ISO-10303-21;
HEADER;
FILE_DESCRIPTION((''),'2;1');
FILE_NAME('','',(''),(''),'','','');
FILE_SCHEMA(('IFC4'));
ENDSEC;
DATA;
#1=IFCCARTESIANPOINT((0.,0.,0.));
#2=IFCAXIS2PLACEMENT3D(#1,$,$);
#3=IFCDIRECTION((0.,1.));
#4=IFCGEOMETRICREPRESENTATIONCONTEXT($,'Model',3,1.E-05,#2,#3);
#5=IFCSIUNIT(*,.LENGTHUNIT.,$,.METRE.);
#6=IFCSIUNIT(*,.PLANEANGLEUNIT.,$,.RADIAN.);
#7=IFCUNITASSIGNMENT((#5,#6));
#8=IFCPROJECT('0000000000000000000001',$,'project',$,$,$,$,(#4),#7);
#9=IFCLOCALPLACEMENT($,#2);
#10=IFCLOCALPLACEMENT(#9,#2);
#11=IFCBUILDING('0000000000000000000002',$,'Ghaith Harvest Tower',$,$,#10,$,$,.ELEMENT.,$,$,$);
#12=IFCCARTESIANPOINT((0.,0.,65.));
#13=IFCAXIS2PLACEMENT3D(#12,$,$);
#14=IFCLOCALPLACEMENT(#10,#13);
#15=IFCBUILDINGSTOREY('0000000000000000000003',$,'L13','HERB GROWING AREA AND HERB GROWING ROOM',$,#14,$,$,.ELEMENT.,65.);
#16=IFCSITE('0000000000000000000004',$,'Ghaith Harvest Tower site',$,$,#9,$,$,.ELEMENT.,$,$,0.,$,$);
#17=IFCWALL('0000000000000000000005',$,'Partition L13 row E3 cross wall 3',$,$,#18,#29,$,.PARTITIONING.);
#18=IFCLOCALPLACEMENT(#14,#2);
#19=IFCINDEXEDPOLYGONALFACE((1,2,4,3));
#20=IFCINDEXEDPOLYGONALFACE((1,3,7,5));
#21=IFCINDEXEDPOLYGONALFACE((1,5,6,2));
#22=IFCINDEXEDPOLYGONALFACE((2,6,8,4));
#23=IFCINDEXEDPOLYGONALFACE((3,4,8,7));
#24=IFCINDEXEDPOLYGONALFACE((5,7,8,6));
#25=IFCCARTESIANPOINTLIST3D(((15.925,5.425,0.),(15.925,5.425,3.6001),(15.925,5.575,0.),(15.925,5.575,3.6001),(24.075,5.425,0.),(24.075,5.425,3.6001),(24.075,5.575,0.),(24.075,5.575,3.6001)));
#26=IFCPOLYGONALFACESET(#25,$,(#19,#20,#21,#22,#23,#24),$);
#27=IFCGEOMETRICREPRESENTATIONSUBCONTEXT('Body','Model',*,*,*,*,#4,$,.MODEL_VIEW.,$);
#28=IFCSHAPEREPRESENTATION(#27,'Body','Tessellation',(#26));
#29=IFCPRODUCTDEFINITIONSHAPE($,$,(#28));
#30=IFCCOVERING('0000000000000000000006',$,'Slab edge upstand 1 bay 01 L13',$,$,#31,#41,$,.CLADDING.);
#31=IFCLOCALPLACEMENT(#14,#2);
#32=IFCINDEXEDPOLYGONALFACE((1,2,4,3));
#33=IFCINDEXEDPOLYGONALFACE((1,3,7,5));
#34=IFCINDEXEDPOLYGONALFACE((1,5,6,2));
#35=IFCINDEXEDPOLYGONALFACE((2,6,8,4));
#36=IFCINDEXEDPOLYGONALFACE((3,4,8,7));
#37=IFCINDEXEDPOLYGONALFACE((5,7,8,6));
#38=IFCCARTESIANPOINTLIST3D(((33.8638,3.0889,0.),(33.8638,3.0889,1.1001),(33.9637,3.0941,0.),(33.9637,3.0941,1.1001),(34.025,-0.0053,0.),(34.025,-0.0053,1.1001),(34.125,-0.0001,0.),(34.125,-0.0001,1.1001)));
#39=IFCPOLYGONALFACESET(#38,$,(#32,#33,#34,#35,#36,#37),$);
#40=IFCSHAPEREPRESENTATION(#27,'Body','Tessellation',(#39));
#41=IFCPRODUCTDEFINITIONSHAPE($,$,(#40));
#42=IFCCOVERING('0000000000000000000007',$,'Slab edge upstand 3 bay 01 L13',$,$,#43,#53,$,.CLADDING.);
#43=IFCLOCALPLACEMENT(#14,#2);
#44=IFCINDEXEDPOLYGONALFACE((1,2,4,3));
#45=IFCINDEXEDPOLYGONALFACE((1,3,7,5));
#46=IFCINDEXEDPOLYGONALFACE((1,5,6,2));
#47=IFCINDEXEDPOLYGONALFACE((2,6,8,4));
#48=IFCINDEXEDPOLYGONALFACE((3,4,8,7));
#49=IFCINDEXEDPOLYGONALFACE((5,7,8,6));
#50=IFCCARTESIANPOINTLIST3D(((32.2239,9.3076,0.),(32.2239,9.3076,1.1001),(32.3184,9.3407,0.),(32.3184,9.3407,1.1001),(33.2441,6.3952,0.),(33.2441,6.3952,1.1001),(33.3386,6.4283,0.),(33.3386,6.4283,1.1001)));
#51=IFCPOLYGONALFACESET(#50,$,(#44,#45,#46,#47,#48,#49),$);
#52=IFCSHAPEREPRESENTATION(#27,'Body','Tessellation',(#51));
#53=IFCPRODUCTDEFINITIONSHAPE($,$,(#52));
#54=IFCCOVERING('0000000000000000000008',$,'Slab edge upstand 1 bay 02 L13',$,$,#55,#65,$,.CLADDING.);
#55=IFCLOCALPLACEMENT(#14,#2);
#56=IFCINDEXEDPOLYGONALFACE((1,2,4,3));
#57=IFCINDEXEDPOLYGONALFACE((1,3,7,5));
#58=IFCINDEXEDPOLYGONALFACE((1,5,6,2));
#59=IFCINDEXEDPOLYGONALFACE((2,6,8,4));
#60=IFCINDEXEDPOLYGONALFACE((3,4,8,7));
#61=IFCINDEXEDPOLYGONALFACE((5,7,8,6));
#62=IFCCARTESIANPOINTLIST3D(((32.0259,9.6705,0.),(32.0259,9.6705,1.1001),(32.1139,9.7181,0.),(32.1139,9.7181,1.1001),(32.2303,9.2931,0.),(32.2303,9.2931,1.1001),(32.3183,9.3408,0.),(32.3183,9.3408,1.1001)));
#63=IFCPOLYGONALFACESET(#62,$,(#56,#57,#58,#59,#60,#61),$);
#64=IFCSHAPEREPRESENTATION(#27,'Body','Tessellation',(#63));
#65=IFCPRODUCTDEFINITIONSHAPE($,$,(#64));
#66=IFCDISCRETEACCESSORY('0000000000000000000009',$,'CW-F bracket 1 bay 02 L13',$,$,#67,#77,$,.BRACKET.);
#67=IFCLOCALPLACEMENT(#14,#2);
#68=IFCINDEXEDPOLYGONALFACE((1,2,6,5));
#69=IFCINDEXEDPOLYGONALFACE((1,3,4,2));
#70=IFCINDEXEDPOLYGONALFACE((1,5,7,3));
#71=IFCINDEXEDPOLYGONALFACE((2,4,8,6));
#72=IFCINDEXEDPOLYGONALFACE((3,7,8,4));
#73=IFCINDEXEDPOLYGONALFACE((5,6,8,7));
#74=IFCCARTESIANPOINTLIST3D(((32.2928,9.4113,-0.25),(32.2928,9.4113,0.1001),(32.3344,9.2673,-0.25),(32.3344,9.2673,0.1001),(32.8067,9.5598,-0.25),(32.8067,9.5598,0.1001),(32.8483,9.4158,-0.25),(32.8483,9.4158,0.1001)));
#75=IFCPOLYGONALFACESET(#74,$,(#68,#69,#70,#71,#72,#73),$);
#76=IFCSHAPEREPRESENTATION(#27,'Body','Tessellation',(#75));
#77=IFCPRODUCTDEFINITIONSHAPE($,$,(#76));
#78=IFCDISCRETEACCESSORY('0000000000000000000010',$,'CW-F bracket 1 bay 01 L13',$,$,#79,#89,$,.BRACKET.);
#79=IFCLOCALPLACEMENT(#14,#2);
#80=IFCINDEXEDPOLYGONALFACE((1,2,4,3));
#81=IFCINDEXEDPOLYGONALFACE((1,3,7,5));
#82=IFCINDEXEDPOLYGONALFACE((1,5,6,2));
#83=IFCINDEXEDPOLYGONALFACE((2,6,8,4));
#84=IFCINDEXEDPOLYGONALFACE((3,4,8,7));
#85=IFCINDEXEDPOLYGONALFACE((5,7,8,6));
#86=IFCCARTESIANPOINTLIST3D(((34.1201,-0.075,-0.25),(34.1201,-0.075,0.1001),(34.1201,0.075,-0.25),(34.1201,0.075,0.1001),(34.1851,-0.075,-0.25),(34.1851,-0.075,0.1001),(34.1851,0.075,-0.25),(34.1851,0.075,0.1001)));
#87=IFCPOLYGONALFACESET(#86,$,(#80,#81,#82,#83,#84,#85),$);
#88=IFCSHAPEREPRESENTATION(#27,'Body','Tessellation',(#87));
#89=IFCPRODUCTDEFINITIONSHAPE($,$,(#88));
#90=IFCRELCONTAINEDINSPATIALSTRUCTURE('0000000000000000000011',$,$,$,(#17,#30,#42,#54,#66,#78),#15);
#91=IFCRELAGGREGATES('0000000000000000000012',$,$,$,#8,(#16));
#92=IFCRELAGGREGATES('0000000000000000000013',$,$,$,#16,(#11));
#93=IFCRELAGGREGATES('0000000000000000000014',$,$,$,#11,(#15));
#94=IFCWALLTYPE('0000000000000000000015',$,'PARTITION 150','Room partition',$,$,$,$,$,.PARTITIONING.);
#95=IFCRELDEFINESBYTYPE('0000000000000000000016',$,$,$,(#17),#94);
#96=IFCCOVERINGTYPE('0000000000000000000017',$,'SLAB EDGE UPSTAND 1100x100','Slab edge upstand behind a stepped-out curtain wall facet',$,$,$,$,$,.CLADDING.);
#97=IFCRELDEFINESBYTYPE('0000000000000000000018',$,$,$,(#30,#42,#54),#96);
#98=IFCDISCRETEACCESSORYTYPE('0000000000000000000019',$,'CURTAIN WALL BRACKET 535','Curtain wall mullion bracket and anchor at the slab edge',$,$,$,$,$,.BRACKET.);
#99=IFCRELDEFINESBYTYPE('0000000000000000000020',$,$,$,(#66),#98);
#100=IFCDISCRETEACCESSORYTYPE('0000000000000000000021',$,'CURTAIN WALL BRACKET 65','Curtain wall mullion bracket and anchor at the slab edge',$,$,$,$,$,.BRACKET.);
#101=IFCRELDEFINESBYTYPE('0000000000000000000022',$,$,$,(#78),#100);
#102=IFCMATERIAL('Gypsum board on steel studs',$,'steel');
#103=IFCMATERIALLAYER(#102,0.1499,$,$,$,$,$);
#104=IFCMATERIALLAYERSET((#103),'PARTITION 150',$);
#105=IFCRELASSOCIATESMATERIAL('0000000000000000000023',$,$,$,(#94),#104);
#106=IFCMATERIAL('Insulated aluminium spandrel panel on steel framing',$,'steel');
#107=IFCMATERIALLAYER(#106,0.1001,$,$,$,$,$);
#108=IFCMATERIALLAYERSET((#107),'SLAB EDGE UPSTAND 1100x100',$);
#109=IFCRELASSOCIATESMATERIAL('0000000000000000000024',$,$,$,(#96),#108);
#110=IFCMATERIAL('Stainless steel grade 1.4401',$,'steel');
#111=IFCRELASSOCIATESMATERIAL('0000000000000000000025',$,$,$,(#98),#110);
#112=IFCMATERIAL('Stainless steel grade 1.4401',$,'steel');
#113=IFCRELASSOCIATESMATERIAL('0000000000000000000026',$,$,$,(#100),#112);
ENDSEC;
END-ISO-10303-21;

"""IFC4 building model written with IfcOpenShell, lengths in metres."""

from ifc_helpers import new_model, si_unit, direction, frame, frame_2d, origin, origin_2d, place, context, subcontext, project, spatial, rectangle, extrude, material, layer, layer_set, type_object, element, save


model = new_model("IFC4")

# Units and contexts
model_context = context("Model", 3, precision=1e-05, world=origin(), true_north=direction((0.0, 1.0)))
body_context = subcontext(model_context, "Body", "Model", "MODEL_VIEW")
ifc_project = project(units=[si_unit("LENGTHUNIT", "METRE"), si_unit("PLANEANGLEUNIT", "RADIAN")], contexts=[model_context])

# Site, building, storey
site_placement = place(None, origin())
site = spatial("IfcSite", under=ifc_project, at=site_placement, Name="Ghaith Harvest Tower site", CompositionType="ELEMENT", RefElevation=0.0)
building_placement = place(site_placement, origin())
building = spatial("IfcBuilding", under=site, at=building_placement, Name="Ghaith Harvest Tower", CompositionType="ELEMENT")
storey_placement = place(building_placement, frame((0.0, 0.0, 65.0)))
storey = spatial("IfcBuildingStorey", under=building, at=storey_placement, Name="L13", Description="HERB GROWING AREA AND HERB GROWING ROOM", CompositionType="ELEMENT", Elevation=65.0)

# Wall
ifc_material_1 = material(Name="Gypsum board on steel studs", Category="steel")
ifc_layer_1 = layer(ifc_material_1, 0.1499)
ifc_layer_set_1 = layer_set([ifc_layer_1], Name="PARTITION 150")
wall_type_1 = type_object("IfcWallType", Name="PARTITION 150", Description="Room partition", PredefinedType="PARTITIONING", material=ifc_layer_set_1)
wall_1_placement = place(storey_placement, frame((15.925, 5.5, 0.0), z_axis=(0.0, 0.0, 1.0), x_axis=(1.0, 0.0, 0.0)))
element("IfcWall", 1, at=wall_1_placement, inside=storey, type_object=wall_type_1, Name="Partition L13 row E3 cross wall 3", PredefinedType="PARTITIONING", context=body_context, shape_type="SweptSolid", body=[
    extrude(rectangle(XDim=8.1499, YDim=0.1499, at=frame_2d((4.075, 0.0))), origin(), (0.0, 0.0, 1.0), 3.6001),
])

# Coverings
ifc_material_2 = material(Name="Insulated aluminium spandrel panel on steel framing", Category="steel")
ifc_layer_2 = layer(ifc_material_2, 0.1001)
ifc_layer_set_2 = layer_set([ifc_layer_2], Name="SLAB EDGE UPSTAND 1100x100")
covering_type = type_object("IfcCoveringType", Name="SLAB EDGE UPSTAND 1100x100", Description="Slab edge upstand behind a stepped-out curtain wall facet", PredefinedType="CLADDING", material=ifc_layer_set_2)
covering_1_placement = place(storey_placement, frame((33.9944, 1.5444, 0.0), z_axis=(0.0, 0.0, 1.0), x_axis=(-0.052049, 0.998645, 0.0)))
element("IfcCovering", 2, at=covering_1_placement, inside=storey, type_object=covering_type, Name="Slab edge upstand 1 bay 01 L13", PredefinedType="CLADDING", context=body_context, shape_type="SweptSolid", body=[
    extrude(rectangle(XDim=3.0984, YDim=0.1001, at=origin_2d()), origin(), (0.0, 0.0, 1.0), 1.1001),
])
covering_2_placement = place(storey_placement, frame((32.7812, 7.8679, 0.0), z_axis=(0.0, 0.0, 1.0), x_axis=(-0.330598, 0.943772, 0.0)))
element("IfcCovering", 3, at=covering_2_placement, inside=storey, type_object=covering_type, Name="Slab edge upstand 3 bay 01 L13", PredefinedType="CLADDING", context=body_context, shape_type="SweptSolid", body=[
    extrude(rectangle(XDim=3.0859, YDim=0.1001, at=origin_2d()), origin(), (0.0, 0.0, 1.0), 1.1001),
])
covering_3_placement = place(storey_placement, frame((32.1721, 9.5056, 0.0), z_axis=(0.0, 0.0, 1.0), x_axis=(-0.476349, 0.879256, 0.0)))
element("IfcCovering", 4, at=covering_3_placement, inside=storey, type_object=covering_type, Name="Slab edge upstand 1 bay 02 L13", PredefinedType="CLADDING", context=body_context, shape_type="SweptSolid", body=[
    extrude(rectangle(XDim=0.4292, YDim=0.1001, at=origin_2d()), origin(), (0.0, 0.0, 1.0), 1.1001),
])

# Discrete accessories
ifc_material_3 = material(Name="Stainless steel grade 1.4401", Category="steel")
discrete_accessory_type_1 = type_object("IfcDiscreteAccessoryType", Name="CURTAIN WALL BRACKET 535", Description="Curtain wall mullion bracket and anchor at the slab edge", PredefinedType="BRACKET", material=ifc_material_3)
discrete_accessory_1_placement = place(storey_placement, frame((32.5706, 9.4136, -0.25), z_axis=(0.0, 0.0, 1.0), x_axis=(0.96068, 0.277657, 0.0)))
element("IfcDiscreteAccessory", 5, at=discrete_accessory_1_placement, inside=storey, type_object=discrete_accessory_type_1, Name="CW-F bracket 1 bay 02 L13", PredefinedType="BRACKET", context=body_context, shape_type="SweptSolid", body=[
    extrude(rectangle(XDim=0.5349, YDim=0.1499, at=origin_2d()), origin(), (0.0, 0.0, 1.0), 0.3501),
])
ifc_material_4 = material(Name="Stainless steel grade 1.4401", Category="steel")
discrete_accessory_type_2 = type_object("IfcDiscreteAccessoryType", Name="CURTAIN WALL BRACKET 65", Description="Curtain wall mullion bracket and anchor at the slab edge", PredefinedType="BRACKET", material=ifc_material_4)
discrete_accessory_2_placement = place(storey_placement, frame((34.1526, 0.0, -0.25), z_axis=(0.0, 0.0, 1.0), x_axis=(1.0, 0.0, 0.0)))
element("IfcDiscreteAccessory", 6, at=discrete_accessory_2_placement, inside=storey, type_object=discrete_accessory_type_2, Name="CW-F bracket 1 bay 01 L13", PredefinedType="BRACKET", context=body_context, shape_type="SweptSolid", body=[
    extrude(rectangle(XDim=0.0649, YDim=0.1499, at=origin_2d()), origin(), (0.0, 0.0, 1.0), 0.3501),
])

save(model, "model.ifc")
